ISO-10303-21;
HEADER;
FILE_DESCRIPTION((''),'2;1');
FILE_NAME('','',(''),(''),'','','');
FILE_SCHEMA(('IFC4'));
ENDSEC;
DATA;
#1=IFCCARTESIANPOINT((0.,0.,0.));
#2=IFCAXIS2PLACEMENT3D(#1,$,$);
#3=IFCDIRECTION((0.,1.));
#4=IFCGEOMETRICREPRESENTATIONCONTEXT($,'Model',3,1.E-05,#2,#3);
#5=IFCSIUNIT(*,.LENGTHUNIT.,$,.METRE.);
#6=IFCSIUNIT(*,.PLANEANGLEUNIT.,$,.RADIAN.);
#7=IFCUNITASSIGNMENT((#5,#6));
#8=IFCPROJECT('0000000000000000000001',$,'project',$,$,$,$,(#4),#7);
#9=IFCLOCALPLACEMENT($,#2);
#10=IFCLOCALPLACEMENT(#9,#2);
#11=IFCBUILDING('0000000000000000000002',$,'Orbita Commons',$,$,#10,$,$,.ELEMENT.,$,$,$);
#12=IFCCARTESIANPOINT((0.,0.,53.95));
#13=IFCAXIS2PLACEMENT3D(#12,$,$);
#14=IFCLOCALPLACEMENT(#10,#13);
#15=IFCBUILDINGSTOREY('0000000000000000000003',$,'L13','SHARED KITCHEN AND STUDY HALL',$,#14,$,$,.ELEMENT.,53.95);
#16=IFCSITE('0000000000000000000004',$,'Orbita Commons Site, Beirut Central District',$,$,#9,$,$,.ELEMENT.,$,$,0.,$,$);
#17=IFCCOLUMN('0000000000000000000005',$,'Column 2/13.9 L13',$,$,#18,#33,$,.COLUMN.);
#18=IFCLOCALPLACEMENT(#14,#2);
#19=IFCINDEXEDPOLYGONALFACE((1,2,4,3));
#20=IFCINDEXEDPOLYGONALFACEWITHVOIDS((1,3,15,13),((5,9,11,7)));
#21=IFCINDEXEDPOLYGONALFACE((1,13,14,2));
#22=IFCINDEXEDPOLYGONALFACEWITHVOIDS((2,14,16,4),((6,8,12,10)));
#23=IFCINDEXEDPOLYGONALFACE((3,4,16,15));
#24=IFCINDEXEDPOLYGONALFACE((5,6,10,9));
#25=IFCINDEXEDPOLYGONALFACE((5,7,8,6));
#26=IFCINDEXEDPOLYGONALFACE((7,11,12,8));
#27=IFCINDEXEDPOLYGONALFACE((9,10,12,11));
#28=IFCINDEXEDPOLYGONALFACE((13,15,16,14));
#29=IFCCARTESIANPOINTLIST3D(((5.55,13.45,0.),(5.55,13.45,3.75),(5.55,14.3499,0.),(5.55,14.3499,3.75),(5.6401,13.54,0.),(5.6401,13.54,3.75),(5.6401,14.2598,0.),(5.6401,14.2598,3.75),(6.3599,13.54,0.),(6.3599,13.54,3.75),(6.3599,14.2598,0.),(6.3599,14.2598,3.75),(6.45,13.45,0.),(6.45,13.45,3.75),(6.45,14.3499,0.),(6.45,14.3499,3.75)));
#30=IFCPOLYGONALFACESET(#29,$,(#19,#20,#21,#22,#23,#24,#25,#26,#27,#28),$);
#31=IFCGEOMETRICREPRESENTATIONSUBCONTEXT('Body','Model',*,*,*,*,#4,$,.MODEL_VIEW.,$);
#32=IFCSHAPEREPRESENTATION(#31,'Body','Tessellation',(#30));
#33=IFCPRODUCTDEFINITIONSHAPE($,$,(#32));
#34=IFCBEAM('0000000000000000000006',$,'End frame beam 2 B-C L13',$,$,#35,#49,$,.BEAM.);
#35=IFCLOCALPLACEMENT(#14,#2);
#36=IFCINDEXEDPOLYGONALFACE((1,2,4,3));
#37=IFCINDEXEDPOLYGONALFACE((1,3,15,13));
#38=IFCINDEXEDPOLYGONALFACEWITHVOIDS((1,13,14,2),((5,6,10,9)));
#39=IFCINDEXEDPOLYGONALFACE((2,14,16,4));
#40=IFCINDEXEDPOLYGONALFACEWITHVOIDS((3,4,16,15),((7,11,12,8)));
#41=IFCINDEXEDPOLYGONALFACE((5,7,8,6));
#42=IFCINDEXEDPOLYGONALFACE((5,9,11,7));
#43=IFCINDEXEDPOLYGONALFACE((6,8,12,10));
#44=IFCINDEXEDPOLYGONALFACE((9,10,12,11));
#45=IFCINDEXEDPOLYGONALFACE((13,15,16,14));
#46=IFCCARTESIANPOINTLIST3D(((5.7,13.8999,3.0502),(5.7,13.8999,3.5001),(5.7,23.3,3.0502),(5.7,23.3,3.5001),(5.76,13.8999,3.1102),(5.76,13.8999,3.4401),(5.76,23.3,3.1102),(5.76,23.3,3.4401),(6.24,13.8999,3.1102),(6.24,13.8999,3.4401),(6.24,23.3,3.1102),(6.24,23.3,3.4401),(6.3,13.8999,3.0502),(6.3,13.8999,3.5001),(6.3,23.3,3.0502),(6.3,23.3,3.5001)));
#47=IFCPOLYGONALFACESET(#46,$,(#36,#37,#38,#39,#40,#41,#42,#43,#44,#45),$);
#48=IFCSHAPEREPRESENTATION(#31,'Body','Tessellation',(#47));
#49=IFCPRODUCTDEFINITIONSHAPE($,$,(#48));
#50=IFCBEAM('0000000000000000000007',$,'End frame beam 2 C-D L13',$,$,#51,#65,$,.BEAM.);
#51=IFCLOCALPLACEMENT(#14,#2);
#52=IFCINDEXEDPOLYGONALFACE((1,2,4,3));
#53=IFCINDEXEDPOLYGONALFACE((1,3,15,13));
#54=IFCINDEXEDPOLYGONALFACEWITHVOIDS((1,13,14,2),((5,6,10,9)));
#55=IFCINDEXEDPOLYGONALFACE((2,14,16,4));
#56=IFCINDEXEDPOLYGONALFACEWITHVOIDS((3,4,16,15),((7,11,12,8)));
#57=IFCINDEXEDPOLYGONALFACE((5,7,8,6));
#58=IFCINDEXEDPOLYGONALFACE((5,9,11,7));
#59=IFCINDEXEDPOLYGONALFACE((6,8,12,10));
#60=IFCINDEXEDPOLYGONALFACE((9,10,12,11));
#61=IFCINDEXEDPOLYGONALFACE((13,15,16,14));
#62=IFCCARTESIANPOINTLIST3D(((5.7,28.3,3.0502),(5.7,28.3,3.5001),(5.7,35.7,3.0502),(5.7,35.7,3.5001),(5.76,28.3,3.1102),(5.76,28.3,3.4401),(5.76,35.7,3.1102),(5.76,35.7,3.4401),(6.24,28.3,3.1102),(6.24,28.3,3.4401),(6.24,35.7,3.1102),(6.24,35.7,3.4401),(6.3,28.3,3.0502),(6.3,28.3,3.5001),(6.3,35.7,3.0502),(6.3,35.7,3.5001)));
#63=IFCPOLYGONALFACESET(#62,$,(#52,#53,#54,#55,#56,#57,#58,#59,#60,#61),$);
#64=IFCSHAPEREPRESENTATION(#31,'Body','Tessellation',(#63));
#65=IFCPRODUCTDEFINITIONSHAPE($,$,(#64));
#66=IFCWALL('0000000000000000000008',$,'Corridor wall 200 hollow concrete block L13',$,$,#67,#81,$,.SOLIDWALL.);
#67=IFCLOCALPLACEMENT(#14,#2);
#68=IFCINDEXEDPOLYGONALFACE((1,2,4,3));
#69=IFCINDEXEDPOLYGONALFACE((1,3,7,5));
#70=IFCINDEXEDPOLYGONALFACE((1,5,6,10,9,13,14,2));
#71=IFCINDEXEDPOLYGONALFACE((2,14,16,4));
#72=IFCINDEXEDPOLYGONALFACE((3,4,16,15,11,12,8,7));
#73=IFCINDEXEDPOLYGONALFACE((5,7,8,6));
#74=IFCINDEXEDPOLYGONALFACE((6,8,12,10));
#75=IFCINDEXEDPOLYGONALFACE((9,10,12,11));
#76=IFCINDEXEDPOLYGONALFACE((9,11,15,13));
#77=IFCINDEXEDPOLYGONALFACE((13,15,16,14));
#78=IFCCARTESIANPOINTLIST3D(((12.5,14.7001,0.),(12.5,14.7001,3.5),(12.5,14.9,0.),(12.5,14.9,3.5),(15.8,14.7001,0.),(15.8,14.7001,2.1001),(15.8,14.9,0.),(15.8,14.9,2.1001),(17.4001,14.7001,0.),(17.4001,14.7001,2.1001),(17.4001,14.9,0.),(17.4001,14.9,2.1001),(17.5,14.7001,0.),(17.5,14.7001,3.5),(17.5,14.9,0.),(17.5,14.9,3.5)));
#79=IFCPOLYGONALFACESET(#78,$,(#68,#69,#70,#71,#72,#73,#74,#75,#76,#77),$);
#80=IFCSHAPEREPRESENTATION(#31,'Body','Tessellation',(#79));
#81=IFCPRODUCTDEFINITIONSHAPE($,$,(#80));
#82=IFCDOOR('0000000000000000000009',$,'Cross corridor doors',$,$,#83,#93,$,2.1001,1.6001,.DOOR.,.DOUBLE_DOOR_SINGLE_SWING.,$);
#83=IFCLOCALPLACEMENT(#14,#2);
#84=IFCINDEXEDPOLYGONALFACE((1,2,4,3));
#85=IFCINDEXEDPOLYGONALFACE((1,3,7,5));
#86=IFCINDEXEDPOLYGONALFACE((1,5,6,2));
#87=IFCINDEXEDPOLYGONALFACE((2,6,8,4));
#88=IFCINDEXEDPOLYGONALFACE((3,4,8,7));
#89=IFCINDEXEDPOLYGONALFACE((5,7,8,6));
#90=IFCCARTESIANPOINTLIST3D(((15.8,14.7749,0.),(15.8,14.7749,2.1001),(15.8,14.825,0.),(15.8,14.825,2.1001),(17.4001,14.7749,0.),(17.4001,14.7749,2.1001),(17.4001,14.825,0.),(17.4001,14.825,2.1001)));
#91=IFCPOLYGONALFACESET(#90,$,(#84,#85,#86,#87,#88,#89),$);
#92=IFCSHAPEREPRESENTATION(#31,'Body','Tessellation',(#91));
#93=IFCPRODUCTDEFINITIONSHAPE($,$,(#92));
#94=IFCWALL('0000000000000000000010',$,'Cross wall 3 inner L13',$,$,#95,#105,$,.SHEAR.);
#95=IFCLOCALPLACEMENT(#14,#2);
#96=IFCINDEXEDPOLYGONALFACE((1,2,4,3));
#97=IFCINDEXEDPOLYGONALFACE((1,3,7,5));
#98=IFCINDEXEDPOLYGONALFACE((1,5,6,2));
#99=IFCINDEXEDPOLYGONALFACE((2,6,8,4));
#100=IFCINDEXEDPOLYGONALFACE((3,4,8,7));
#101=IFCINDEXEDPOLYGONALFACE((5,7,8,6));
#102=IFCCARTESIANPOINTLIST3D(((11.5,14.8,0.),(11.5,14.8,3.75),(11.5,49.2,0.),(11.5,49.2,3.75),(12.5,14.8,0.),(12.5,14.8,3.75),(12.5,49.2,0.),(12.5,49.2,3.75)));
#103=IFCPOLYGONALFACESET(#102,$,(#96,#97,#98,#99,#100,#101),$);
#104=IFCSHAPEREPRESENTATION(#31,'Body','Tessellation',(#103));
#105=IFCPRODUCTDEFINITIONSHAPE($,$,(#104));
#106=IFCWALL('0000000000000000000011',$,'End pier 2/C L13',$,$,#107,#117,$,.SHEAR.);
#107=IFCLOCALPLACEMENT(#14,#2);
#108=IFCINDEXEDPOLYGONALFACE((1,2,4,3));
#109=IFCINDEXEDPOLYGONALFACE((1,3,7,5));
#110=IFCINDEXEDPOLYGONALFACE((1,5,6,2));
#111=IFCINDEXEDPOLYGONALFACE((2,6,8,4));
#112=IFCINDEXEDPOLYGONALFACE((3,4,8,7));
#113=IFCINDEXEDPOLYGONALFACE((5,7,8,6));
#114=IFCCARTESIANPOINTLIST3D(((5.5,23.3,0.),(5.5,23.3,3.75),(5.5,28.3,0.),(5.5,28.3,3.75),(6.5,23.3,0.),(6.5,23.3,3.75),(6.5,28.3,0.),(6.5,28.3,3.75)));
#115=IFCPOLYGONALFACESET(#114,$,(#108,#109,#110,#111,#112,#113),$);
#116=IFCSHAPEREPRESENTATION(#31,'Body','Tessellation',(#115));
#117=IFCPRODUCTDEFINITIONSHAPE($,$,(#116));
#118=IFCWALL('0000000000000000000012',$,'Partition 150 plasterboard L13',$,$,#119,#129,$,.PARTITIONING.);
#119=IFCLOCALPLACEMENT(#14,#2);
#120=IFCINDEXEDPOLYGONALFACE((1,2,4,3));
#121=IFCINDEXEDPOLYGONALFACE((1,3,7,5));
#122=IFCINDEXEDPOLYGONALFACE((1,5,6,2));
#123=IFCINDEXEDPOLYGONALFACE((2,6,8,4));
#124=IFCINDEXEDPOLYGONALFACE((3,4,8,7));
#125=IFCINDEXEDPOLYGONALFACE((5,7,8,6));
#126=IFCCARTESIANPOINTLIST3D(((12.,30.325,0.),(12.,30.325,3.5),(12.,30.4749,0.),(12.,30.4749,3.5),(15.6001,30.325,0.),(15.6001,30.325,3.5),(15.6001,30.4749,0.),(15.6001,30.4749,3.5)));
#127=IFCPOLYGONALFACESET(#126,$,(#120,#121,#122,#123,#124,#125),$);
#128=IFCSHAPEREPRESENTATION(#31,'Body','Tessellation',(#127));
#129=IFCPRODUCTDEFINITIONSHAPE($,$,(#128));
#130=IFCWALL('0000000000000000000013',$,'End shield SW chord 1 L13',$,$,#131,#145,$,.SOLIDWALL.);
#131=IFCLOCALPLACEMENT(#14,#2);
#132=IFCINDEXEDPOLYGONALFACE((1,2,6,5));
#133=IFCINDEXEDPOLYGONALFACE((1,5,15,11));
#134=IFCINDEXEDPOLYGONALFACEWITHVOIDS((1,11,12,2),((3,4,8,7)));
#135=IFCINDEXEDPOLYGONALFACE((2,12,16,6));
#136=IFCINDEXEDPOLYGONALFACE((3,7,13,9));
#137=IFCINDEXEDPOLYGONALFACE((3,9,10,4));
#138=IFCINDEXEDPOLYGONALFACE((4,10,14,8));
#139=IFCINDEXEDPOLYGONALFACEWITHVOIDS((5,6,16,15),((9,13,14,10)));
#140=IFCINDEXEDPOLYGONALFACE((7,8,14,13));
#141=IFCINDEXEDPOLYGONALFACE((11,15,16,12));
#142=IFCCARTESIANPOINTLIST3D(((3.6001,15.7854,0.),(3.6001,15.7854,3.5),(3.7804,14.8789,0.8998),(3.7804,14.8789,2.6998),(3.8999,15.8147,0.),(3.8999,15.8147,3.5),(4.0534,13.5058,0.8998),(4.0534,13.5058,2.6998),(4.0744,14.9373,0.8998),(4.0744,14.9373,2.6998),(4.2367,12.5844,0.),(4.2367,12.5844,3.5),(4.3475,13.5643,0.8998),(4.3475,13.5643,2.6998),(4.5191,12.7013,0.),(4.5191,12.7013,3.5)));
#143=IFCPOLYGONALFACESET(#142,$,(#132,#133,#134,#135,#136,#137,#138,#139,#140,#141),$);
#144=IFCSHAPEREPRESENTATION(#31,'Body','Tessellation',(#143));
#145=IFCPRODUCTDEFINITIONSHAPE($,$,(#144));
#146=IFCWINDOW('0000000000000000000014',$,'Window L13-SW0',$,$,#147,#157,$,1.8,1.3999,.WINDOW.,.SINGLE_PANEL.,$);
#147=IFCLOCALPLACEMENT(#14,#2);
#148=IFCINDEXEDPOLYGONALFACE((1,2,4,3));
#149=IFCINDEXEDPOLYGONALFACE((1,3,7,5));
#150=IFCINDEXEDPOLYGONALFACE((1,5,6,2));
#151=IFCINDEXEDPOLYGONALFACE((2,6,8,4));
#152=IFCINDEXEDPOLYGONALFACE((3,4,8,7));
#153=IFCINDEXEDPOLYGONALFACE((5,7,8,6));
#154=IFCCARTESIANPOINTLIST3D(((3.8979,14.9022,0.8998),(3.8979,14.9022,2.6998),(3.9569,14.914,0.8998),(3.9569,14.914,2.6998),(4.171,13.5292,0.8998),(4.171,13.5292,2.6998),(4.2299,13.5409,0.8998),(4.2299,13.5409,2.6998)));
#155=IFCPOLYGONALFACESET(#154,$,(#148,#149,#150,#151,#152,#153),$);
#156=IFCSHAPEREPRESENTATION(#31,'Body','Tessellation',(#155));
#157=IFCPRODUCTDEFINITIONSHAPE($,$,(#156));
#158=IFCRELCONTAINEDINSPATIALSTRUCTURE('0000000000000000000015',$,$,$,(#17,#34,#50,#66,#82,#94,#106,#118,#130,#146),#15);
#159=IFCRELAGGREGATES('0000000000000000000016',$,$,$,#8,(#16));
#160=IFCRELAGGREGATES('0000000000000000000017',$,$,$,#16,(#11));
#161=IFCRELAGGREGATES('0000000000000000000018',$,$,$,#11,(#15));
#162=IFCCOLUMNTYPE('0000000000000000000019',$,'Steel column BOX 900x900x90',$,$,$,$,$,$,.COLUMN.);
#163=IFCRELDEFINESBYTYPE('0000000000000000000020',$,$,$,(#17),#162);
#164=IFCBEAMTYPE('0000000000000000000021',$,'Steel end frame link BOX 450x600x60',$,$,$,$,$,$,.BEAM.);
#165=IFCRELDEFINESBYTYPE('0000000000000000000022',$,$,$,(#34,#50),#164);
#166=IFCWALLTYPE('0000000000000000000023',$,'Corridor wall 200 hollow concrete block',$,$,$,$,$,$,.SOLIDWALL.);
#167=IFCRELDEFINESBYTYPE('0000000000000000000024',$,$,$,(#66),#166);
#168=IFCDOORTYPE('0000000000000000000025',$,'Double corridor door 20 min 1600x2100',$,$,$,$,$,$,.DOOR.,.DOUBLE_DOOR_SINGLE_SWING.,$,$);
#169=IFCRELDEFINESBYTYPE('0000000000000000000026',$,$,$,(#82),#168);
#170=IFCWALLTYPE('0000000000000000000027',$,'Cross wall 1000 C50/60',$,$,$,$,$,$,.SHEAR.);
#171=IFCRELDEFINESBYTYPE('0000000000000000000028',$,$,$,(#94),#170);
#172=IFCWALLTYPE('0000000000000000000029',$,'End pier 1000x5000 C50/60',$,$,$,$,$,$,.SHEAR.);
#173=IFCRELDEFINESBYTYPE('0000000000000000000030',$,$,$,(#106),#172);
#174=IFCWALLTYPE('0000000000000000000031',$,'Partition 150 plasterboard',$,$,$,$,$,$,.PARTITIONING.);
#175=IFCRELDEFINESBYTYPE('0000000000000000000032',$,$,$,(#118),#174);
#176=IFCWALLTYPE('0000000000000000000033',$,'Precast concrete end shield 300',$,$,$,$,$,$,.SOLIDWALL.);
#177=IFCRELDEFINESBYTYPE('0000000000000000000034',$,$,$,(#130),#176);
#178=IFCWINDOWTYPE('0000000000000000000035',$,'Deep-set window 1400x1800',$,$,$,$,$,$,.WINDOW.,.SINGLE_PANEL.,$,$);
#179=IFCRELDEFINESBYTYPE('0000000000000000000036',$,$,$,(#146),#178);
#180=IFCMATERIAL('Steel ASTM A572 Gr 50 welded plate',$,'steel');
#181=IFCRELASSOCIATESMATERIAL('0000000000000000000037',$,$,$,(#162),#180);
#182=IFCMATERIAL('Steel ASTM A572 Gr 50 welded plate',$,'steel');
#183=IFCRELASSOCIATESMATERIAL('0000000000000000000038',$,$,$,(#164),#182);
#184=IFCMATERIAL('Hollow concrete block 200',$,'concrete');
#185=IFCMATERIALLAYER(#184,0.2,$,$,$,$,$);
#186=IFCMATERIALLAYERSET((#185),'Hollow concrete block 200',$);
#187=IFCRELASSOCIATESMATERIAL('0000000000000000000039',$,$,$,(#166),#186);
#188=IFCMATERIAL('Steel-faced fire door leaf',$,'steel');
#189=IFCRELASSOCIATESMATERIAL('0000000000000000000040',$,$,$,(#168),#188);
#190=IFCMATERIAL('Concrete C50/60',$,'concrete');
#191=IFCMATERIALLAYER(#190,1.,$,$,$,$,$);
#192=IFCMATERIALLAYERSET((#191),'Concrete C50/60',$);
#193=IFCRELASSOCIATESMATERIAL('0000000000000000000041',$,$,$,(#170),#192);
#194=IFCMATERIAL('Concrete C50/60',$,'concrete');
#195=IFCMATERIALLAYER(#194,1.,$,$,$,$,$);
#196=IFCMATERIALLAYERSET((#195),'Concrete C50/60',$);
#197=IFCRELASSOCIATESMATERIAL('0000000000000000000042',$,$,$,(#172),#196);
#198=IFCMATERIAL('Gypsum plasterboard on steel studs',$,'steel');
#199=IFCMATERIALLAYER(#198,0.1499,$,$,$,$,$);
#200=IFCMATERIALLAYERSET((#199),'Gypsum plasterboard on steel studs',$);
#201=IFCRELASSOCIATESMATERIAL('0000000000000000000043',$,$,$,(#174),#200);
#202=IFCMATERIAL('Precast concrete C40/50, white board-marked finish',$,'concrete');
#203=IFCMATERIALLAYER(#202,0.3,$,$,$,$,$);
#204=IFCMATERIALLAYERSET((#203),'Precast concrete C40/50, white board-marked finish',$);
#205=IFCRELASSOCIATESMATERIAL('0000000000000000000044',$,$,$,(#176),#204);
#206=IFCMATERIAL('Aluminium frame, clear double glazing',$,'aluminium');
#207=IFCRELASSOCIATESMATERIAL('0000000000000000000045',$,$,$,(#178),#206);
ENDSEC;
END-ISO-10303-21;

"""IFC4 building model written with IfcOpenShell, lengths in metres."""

from ifc_helpers import new_model, si_unit, direction, frame, frame_2d, origin, origin_2d, place, context, subcontext, project, spatial, polyline, rectangle, hollow_rectangle, outline, extrude, material, layer, layer_set, material_profile, profile_set, type_object, element, fill, save


model = new_model("IFC4")

# Units and contexts
model_context = context("Model", 3, precision=1e-05, world=origin(), true_north=direction((0.0, 1.0)))
body_context = subcontext(model_context, "Body", "Model", "MODEL_VIEW")
ifc_project = project(units=[si_unit("LENGTHUNIT", "METRE"), si_unit("PLANEANGLEUNIT", "RADIAN")], contexts=[model_context])

# Site, building, storey
site_placement = place(None, origin())
site = spatial("IfcSite", under=ifc_project, at=site_placement, Name="Orbita Commons Site, Beirut Central District", CompositionType="ELEMENT", RefElevation=0.0)
building_placement = place(site_placement, origin())
building = spatial("IfcBuilding", under=site, at=building_placement, Name="Orbita Commons", CompositionType="ELEMENT")
storey_placement = place(building_placement, frame((0.0, 0.0, 53.95)))
storey = spatial("IfcBuildingStorey", under=building, at=storey_placement, Name="L13", Description="SHARED KITCHEN AND STUDY HALL", CompositionType="ELEMENT", Elevation=53.95)

# Column
ifc_material_1 = material(Name="Steel ASTM A572 Gr 50 welded plate", Category="steel")
ifc_material_profile_1 = material_profile(ifc_material_1, hollow_rectangle(XDim=0.8999, YDim=0.8999, WallThickness=0.0901, at=origin_2d()), Name="BOX 900x900x90")
ifc_profile_set_1 = profile_set([ifc_material_profile_1], Name="Steel ASTM A572 Gr 50 welded plate")
column_type = type_object("IfcColumnType", Name="Steel column BOX 900x900x90", PredefinedType="COLUMN", material=ifc_profile_set_1)
column_placement = place(storey_placement, frame((6.0, 13.8999, 0.0), z_axis=(0.0, 0.0, 1.0), x_axis=(1.0, 0.0, 0.0)))
element("IfcColumn", 1, at=column_placement, inside=storey, type_object=column_type, Name="Column 2/13.9 L13", PredefinedType="COLUMN", context=body_context, shape_type="SweptSolid", body=[
    extrude(hollow_rectangle(XDim=0.8999, YDim=0.8999, WallThickness=0.0901, at=origin_2d()), origin(), (0.0, 0.0, 1.0), 3.75),
])

# Beams
ifc_material_2 = material(Name="Steel ASTM A572 Gr 50 welded plate", Category="steel")
ifc_material_profile_2 = material_profile(ifc_material_2, hollow_rectangle(XDim=0.6001, YDim=0.45, WallThickness=0.0601, at=origin_2d()), Name="BOX 450x600x60")
ifc_profile_set_2 = profile_set([ifc_material_profile_2], Name="Steel ASTM A572 Gr 50 welded plate")
beam_type = type_object("IfcBeamType", Name="Steel end frame link BOX 450x600x60", PredefinedType="BEAM", material=ifc_profile_set_2)
beam_1_placement = place(storey_placement, frame((6.0, 13.8999, 3.2751), z_axis=(0.0, 1.0, 0.0), x_axis=(-1.0, 0.0, 0.0)))
element("IfcBeam", 2, at=beam_1_placement, inside=storey, type_object=beam_type, Name="End frame beam 2 B-C L13", PredefinedType="BEAM", context=body_context, shape_type="SweptSolid", body=[
    extrude(hollow_rectangle(XDim=0.6001, YDim=0.45, WallThickness=0.0601, at=origin_2d()), origin(), (0.0, 0.0, 1.0), 9.4001),
])
beam_2_placement = place(storey_placement, frame((6.0, 28.3, 3.2751), z_axis=(0.0, 1.0, 0.0), x_axis=(-1.0, 0.0, 0.0)))
element("IfcBeam", 3, at=beam_2_placement, inside=storey, type_object=beam_type, Name="End frame beam 2 C-D L13", PredefinedType="BEAM", context=body_context, shape_type="SweptSolid", body=[
    extrude(hollow_rectangle(XDim=0.6001, YDim=0.45, WallThickness=0.0601, at=origin_2d()), origin(), (0.0, 0.0, 1.0), 7.3999),
])

# Wall, opening, door
ifc_material_3 = material(Name="Hollow concrete block 200", Category="concrete")
ifc_layer_1 = layer(ifc_material_3, 0.2)
ifc_layer_set_1 = layer_set([ifc_layer_1], Name="Hollow concrete block 200")
wall_type_1 = type_object("IfcWallType", Name="Corridor wall 200 hollow concrete block", PredefinedType="SOLIDWALL", material=ifc_layer_set_1)
wall_1_placement = place(storey_placement, frame((12.5, 14.8, 0.0), z_axis=(0.0, 0.0, 1.0), x_axis=(1.0, 0.0, 0.0)))
wall_1 = element("IfcWall", 4, at=wall_1_placement, inside=storey, type_object=wall_type_1, Name="Corridor wall 200 hollow concrete block L13", PredefinedType="SOLIDWALL", context=body_context, shape_type="SweptSolid", body=[
    extrude(rectangle(XDim=5.0, YDim=0.2, at=frame_2d((2.5, 0.0))), origin(), (0.0, 0.0, 1.0), 3.5),
])
opening_1_placement = place(wall_1_placement, frame((3.3, 0.0, 0.0)))
opening_1 = element("IfcOpeningElement", 5, at=opening_1_placement, cuts=wall_1, PredefinedType="OPENING", context=body_context, shape_type="SweptSolid", body=[
    extrude(rectangle(XDim=1.6001, YDim=2.1001, at=frame_2d((0.8, 1.05))), frame((0.0, 0.1099, 0.0), z_axis=(0.0, -1.0, 0.0), x_axis=(1.0, 0.0, 0.0)), (0.0, 0.0, 1.0), 0.22),
])
ifc_material_4 = material(Name="Steel-faced fire door leaf", Category="steel")
door_type = type_object("IfcDoorType", Name="Double corridor door 20 min 1600x2100", OperationType="DOUBLE_DOOR_SINGLE_SWING", PredefinedType="DOOR", material=ifc_material_4)
door_placement = place(opening_1_placement, origin())
door = element("IfcDoor", 6, at=door_placement, inside=storey, type_object=door_type, Name="Cross corridor doors", OperationType="DOUBLE_DOOR_SINGLE_SWING", OverallHeight=2.1001, OverallWidth=1.6001, PredefinedType="DOOR", context=body_context, shape_type="SweptSolid", body=[
    extrude(rectangle(XDim=1.6001, YDim=2.1001, at=frame_2d((0.8, 1.05))), frame((0.0, 0.0249, 0.0), z_axis=(0.0, -1.0, 0.0), x_axis=(1.0, 0.0, 0.0)), (0.0, 0.0, 1.0), 0.05),
])
fill(opening_1, door)

# Walls
ifc_material_5 = material(Name="Concrete C50/60", Category="concrete")
ifc_layer_2 = layer(ifc_material_5, 1.0)
ifc_layer_set_2 = layer_set([ifc_layer_2], Name="Concrete C50/60")
wall_type_2 = type_object("IfcWallType", Name="Cross wall 1000 C50/60", PredefinedType="SHEAR", material=ifc_layer_set_2)
wall_2_placement = place(storey_placement, frame((12.0, 14.8, 0.0), z_axis=(0.0, 0.0, 1.0), x_axis=(0.0, 1.0, 0.0)))
element("IfcWall", 7, at=wall_2_placement, inside=storey, type_object=wall_type_2, Name="Cross wall 3 inner L13", PredefinedType="SHEAR", context=body_context, shape_type="SweptSolid", body=[
    extrude(rectangle(XDim=34.3999, YDim=1.0, at=frame_2d((17.2, 0.0))), origin(), (0.0, 0.0, 1.0), 3.75),
])
ifc_material_6 = material(Name="Concrete C50/60", Category="concrete")
ifc_layer_3 = layer(ifc_material_6, 1.0)
ifc_layer_set_3 = layer_set([ifc_layer_3], Name="Concrete C50/60")
wall_type_3 = type_object("IfcWallType", Name="End pier 1000x5000 C50/60", PredefinedType="SHEAR", material=ifc_layer_set_3)
wall_3_placement = place(storey_placement, frame((6.0, 23.3, 0.0), z_axis=(0.0, 0.0, 1.0), x_axis=(0.0, 1.0, 0.0)))
element("IfcWall", 8, at=wall_3_placement, inside=storey, type_object=wall_type_3, Name="End pier 2/C L13", PredefinedType="SHEAR", context=body_context, shape_type="SweptSolid", body=[
    extrude(rectangle(XDim=5.0, YDim=1.0, at=frame_2d((2.5, 0.0))), origin(), (0.0, 0.0, 1.0), 3.75),
])
ifc_material_7 = material(Name="Gypsum plasterboard on steel studs", Category="steel")
ifc_layer_4 = layer(ifc_material_7, 0.1499)
ifc_layer_set_4 = layer_set([ifc_layer_4], Name="Gypsum plasterboard on steel studs")
wall_type_4 = type_object("IfcWallType", Name="Partition 150 plasterboard", PredefinedType="PARTITIONING", material=ifc_layer_set_4)
wall_4_placement = place(storey_placement, frame((12.0, 30.3999, 0.0), z_axis=(0.0, 0.0, 1.0), x_axis=(1.0, 0.0, 0.0)))
element("IfcWall", 9, at=wall_4_placement, inside=storey, type_object=wall_type_4, Name="Partition 150 plasterboard L13", PredefinedType="PARTITIONING", context=body_context, shape_type="SweptSolid", body=[
    extrude(rectangle(XDim=3.6001, YDim=0.1499, at=frame_2d((1.8, 0.0))), origin(), (0.0, 0.0, 1.0), 3.5),
])

# Wall, opening, window
ifc_material_8 = material(Name="Precast concrete C40/50, white board-marked finish", Category="concrete")
ifc_layer_5 = layer(ifc_material_8, 0.3)
ifc_layer_set_5 = layer_set([ifc_layer_5], Name="Precast concrete C40/50, white board-marked finish")
wall_type_5 = type_object("IfcWallType", Name="Precast concrete end shield 300", PredefinedType="SOLIDWALL", material=ifc_layer_set_5)
wall_5_placement = place(storey_placement, frame((3.75, 15.8, 0.0), z_axis=(0.0, 0.0, 1.0), x_axis=(0.195066, -0.98079, 0.0)))
wall_5 = element("IfcWall", 10, at=wall_5_placement, inside=storey, type_object=wall_type_5, Name="End shield SW chord 1 L13", PredefinedType="SOLIDWALL", context=body_context, shape_type="SweptSolid", body=[
    extrude(outline(polyline([(-0.0149, -0.1499), (3.2488, -0.1499), (3.1892, 0.1499), (0.0149, 0.1499), (-0.0149, -0.1499)])), origin(), (0.0, 0.0, 1.0), 3.5),
])
opening_2_placement = place(wall_5_placement, frame((0.9094, 0.0, 0.8999)))
opening_2 = element("IfcOpeningElement", 11, at=opening_2_placement, cuts=wall_5, PredefinedType="OPENING", context=body_context, shape_type="SweptSolid", body=[
    extrude(rectangle(XDim=1.3999, YDim=1.8, at=frame_2d((0.7, 0.8999))), frame((0.0, 0.1599, 0.0), z_axis=(0.0, -1.0, 0.0), x_axis=(1.0, 0.0, 0.0)), (0.0, 0.0, 1.0), 0.3201),
])
ifc_material_9 = material(Name="Aluminium frame, clear double glazing", Category="aluminium")
window_type = type_object("IfcWindowType", Name="Deep-set window 1400x1800", PartitioningType="SINGLE_PANEL", PredefinedType="WINDOW", material=ifc_material_9)
window_placement = place(opening_2_placement, origin())
window = element("IfcWindow", 12, at=window_placement, inside=storey, type_object=window_type, Name="Window L13-SW0", OverallHeight=1.8, OverallWidth=1.3999, PartitioningType="SINGLE_PANEL", PredefinedType="WINDOW", context=body_context, shape_type="SweptSolid", body=[
    extrude(rectangle(XDim=1.3999, YDim=1.8, at=frame_2d((0.7, 0.8999))), frame((0.0, 0.03, 0.0), z_axis=(0.0, -1.0, 0.0), x_axis=(1.0, 0.0, 0.0)), (0.0, 0.0, 1.0), 0.0601),
])
fill(opening_2, window)

save(model, "model.ifc")
